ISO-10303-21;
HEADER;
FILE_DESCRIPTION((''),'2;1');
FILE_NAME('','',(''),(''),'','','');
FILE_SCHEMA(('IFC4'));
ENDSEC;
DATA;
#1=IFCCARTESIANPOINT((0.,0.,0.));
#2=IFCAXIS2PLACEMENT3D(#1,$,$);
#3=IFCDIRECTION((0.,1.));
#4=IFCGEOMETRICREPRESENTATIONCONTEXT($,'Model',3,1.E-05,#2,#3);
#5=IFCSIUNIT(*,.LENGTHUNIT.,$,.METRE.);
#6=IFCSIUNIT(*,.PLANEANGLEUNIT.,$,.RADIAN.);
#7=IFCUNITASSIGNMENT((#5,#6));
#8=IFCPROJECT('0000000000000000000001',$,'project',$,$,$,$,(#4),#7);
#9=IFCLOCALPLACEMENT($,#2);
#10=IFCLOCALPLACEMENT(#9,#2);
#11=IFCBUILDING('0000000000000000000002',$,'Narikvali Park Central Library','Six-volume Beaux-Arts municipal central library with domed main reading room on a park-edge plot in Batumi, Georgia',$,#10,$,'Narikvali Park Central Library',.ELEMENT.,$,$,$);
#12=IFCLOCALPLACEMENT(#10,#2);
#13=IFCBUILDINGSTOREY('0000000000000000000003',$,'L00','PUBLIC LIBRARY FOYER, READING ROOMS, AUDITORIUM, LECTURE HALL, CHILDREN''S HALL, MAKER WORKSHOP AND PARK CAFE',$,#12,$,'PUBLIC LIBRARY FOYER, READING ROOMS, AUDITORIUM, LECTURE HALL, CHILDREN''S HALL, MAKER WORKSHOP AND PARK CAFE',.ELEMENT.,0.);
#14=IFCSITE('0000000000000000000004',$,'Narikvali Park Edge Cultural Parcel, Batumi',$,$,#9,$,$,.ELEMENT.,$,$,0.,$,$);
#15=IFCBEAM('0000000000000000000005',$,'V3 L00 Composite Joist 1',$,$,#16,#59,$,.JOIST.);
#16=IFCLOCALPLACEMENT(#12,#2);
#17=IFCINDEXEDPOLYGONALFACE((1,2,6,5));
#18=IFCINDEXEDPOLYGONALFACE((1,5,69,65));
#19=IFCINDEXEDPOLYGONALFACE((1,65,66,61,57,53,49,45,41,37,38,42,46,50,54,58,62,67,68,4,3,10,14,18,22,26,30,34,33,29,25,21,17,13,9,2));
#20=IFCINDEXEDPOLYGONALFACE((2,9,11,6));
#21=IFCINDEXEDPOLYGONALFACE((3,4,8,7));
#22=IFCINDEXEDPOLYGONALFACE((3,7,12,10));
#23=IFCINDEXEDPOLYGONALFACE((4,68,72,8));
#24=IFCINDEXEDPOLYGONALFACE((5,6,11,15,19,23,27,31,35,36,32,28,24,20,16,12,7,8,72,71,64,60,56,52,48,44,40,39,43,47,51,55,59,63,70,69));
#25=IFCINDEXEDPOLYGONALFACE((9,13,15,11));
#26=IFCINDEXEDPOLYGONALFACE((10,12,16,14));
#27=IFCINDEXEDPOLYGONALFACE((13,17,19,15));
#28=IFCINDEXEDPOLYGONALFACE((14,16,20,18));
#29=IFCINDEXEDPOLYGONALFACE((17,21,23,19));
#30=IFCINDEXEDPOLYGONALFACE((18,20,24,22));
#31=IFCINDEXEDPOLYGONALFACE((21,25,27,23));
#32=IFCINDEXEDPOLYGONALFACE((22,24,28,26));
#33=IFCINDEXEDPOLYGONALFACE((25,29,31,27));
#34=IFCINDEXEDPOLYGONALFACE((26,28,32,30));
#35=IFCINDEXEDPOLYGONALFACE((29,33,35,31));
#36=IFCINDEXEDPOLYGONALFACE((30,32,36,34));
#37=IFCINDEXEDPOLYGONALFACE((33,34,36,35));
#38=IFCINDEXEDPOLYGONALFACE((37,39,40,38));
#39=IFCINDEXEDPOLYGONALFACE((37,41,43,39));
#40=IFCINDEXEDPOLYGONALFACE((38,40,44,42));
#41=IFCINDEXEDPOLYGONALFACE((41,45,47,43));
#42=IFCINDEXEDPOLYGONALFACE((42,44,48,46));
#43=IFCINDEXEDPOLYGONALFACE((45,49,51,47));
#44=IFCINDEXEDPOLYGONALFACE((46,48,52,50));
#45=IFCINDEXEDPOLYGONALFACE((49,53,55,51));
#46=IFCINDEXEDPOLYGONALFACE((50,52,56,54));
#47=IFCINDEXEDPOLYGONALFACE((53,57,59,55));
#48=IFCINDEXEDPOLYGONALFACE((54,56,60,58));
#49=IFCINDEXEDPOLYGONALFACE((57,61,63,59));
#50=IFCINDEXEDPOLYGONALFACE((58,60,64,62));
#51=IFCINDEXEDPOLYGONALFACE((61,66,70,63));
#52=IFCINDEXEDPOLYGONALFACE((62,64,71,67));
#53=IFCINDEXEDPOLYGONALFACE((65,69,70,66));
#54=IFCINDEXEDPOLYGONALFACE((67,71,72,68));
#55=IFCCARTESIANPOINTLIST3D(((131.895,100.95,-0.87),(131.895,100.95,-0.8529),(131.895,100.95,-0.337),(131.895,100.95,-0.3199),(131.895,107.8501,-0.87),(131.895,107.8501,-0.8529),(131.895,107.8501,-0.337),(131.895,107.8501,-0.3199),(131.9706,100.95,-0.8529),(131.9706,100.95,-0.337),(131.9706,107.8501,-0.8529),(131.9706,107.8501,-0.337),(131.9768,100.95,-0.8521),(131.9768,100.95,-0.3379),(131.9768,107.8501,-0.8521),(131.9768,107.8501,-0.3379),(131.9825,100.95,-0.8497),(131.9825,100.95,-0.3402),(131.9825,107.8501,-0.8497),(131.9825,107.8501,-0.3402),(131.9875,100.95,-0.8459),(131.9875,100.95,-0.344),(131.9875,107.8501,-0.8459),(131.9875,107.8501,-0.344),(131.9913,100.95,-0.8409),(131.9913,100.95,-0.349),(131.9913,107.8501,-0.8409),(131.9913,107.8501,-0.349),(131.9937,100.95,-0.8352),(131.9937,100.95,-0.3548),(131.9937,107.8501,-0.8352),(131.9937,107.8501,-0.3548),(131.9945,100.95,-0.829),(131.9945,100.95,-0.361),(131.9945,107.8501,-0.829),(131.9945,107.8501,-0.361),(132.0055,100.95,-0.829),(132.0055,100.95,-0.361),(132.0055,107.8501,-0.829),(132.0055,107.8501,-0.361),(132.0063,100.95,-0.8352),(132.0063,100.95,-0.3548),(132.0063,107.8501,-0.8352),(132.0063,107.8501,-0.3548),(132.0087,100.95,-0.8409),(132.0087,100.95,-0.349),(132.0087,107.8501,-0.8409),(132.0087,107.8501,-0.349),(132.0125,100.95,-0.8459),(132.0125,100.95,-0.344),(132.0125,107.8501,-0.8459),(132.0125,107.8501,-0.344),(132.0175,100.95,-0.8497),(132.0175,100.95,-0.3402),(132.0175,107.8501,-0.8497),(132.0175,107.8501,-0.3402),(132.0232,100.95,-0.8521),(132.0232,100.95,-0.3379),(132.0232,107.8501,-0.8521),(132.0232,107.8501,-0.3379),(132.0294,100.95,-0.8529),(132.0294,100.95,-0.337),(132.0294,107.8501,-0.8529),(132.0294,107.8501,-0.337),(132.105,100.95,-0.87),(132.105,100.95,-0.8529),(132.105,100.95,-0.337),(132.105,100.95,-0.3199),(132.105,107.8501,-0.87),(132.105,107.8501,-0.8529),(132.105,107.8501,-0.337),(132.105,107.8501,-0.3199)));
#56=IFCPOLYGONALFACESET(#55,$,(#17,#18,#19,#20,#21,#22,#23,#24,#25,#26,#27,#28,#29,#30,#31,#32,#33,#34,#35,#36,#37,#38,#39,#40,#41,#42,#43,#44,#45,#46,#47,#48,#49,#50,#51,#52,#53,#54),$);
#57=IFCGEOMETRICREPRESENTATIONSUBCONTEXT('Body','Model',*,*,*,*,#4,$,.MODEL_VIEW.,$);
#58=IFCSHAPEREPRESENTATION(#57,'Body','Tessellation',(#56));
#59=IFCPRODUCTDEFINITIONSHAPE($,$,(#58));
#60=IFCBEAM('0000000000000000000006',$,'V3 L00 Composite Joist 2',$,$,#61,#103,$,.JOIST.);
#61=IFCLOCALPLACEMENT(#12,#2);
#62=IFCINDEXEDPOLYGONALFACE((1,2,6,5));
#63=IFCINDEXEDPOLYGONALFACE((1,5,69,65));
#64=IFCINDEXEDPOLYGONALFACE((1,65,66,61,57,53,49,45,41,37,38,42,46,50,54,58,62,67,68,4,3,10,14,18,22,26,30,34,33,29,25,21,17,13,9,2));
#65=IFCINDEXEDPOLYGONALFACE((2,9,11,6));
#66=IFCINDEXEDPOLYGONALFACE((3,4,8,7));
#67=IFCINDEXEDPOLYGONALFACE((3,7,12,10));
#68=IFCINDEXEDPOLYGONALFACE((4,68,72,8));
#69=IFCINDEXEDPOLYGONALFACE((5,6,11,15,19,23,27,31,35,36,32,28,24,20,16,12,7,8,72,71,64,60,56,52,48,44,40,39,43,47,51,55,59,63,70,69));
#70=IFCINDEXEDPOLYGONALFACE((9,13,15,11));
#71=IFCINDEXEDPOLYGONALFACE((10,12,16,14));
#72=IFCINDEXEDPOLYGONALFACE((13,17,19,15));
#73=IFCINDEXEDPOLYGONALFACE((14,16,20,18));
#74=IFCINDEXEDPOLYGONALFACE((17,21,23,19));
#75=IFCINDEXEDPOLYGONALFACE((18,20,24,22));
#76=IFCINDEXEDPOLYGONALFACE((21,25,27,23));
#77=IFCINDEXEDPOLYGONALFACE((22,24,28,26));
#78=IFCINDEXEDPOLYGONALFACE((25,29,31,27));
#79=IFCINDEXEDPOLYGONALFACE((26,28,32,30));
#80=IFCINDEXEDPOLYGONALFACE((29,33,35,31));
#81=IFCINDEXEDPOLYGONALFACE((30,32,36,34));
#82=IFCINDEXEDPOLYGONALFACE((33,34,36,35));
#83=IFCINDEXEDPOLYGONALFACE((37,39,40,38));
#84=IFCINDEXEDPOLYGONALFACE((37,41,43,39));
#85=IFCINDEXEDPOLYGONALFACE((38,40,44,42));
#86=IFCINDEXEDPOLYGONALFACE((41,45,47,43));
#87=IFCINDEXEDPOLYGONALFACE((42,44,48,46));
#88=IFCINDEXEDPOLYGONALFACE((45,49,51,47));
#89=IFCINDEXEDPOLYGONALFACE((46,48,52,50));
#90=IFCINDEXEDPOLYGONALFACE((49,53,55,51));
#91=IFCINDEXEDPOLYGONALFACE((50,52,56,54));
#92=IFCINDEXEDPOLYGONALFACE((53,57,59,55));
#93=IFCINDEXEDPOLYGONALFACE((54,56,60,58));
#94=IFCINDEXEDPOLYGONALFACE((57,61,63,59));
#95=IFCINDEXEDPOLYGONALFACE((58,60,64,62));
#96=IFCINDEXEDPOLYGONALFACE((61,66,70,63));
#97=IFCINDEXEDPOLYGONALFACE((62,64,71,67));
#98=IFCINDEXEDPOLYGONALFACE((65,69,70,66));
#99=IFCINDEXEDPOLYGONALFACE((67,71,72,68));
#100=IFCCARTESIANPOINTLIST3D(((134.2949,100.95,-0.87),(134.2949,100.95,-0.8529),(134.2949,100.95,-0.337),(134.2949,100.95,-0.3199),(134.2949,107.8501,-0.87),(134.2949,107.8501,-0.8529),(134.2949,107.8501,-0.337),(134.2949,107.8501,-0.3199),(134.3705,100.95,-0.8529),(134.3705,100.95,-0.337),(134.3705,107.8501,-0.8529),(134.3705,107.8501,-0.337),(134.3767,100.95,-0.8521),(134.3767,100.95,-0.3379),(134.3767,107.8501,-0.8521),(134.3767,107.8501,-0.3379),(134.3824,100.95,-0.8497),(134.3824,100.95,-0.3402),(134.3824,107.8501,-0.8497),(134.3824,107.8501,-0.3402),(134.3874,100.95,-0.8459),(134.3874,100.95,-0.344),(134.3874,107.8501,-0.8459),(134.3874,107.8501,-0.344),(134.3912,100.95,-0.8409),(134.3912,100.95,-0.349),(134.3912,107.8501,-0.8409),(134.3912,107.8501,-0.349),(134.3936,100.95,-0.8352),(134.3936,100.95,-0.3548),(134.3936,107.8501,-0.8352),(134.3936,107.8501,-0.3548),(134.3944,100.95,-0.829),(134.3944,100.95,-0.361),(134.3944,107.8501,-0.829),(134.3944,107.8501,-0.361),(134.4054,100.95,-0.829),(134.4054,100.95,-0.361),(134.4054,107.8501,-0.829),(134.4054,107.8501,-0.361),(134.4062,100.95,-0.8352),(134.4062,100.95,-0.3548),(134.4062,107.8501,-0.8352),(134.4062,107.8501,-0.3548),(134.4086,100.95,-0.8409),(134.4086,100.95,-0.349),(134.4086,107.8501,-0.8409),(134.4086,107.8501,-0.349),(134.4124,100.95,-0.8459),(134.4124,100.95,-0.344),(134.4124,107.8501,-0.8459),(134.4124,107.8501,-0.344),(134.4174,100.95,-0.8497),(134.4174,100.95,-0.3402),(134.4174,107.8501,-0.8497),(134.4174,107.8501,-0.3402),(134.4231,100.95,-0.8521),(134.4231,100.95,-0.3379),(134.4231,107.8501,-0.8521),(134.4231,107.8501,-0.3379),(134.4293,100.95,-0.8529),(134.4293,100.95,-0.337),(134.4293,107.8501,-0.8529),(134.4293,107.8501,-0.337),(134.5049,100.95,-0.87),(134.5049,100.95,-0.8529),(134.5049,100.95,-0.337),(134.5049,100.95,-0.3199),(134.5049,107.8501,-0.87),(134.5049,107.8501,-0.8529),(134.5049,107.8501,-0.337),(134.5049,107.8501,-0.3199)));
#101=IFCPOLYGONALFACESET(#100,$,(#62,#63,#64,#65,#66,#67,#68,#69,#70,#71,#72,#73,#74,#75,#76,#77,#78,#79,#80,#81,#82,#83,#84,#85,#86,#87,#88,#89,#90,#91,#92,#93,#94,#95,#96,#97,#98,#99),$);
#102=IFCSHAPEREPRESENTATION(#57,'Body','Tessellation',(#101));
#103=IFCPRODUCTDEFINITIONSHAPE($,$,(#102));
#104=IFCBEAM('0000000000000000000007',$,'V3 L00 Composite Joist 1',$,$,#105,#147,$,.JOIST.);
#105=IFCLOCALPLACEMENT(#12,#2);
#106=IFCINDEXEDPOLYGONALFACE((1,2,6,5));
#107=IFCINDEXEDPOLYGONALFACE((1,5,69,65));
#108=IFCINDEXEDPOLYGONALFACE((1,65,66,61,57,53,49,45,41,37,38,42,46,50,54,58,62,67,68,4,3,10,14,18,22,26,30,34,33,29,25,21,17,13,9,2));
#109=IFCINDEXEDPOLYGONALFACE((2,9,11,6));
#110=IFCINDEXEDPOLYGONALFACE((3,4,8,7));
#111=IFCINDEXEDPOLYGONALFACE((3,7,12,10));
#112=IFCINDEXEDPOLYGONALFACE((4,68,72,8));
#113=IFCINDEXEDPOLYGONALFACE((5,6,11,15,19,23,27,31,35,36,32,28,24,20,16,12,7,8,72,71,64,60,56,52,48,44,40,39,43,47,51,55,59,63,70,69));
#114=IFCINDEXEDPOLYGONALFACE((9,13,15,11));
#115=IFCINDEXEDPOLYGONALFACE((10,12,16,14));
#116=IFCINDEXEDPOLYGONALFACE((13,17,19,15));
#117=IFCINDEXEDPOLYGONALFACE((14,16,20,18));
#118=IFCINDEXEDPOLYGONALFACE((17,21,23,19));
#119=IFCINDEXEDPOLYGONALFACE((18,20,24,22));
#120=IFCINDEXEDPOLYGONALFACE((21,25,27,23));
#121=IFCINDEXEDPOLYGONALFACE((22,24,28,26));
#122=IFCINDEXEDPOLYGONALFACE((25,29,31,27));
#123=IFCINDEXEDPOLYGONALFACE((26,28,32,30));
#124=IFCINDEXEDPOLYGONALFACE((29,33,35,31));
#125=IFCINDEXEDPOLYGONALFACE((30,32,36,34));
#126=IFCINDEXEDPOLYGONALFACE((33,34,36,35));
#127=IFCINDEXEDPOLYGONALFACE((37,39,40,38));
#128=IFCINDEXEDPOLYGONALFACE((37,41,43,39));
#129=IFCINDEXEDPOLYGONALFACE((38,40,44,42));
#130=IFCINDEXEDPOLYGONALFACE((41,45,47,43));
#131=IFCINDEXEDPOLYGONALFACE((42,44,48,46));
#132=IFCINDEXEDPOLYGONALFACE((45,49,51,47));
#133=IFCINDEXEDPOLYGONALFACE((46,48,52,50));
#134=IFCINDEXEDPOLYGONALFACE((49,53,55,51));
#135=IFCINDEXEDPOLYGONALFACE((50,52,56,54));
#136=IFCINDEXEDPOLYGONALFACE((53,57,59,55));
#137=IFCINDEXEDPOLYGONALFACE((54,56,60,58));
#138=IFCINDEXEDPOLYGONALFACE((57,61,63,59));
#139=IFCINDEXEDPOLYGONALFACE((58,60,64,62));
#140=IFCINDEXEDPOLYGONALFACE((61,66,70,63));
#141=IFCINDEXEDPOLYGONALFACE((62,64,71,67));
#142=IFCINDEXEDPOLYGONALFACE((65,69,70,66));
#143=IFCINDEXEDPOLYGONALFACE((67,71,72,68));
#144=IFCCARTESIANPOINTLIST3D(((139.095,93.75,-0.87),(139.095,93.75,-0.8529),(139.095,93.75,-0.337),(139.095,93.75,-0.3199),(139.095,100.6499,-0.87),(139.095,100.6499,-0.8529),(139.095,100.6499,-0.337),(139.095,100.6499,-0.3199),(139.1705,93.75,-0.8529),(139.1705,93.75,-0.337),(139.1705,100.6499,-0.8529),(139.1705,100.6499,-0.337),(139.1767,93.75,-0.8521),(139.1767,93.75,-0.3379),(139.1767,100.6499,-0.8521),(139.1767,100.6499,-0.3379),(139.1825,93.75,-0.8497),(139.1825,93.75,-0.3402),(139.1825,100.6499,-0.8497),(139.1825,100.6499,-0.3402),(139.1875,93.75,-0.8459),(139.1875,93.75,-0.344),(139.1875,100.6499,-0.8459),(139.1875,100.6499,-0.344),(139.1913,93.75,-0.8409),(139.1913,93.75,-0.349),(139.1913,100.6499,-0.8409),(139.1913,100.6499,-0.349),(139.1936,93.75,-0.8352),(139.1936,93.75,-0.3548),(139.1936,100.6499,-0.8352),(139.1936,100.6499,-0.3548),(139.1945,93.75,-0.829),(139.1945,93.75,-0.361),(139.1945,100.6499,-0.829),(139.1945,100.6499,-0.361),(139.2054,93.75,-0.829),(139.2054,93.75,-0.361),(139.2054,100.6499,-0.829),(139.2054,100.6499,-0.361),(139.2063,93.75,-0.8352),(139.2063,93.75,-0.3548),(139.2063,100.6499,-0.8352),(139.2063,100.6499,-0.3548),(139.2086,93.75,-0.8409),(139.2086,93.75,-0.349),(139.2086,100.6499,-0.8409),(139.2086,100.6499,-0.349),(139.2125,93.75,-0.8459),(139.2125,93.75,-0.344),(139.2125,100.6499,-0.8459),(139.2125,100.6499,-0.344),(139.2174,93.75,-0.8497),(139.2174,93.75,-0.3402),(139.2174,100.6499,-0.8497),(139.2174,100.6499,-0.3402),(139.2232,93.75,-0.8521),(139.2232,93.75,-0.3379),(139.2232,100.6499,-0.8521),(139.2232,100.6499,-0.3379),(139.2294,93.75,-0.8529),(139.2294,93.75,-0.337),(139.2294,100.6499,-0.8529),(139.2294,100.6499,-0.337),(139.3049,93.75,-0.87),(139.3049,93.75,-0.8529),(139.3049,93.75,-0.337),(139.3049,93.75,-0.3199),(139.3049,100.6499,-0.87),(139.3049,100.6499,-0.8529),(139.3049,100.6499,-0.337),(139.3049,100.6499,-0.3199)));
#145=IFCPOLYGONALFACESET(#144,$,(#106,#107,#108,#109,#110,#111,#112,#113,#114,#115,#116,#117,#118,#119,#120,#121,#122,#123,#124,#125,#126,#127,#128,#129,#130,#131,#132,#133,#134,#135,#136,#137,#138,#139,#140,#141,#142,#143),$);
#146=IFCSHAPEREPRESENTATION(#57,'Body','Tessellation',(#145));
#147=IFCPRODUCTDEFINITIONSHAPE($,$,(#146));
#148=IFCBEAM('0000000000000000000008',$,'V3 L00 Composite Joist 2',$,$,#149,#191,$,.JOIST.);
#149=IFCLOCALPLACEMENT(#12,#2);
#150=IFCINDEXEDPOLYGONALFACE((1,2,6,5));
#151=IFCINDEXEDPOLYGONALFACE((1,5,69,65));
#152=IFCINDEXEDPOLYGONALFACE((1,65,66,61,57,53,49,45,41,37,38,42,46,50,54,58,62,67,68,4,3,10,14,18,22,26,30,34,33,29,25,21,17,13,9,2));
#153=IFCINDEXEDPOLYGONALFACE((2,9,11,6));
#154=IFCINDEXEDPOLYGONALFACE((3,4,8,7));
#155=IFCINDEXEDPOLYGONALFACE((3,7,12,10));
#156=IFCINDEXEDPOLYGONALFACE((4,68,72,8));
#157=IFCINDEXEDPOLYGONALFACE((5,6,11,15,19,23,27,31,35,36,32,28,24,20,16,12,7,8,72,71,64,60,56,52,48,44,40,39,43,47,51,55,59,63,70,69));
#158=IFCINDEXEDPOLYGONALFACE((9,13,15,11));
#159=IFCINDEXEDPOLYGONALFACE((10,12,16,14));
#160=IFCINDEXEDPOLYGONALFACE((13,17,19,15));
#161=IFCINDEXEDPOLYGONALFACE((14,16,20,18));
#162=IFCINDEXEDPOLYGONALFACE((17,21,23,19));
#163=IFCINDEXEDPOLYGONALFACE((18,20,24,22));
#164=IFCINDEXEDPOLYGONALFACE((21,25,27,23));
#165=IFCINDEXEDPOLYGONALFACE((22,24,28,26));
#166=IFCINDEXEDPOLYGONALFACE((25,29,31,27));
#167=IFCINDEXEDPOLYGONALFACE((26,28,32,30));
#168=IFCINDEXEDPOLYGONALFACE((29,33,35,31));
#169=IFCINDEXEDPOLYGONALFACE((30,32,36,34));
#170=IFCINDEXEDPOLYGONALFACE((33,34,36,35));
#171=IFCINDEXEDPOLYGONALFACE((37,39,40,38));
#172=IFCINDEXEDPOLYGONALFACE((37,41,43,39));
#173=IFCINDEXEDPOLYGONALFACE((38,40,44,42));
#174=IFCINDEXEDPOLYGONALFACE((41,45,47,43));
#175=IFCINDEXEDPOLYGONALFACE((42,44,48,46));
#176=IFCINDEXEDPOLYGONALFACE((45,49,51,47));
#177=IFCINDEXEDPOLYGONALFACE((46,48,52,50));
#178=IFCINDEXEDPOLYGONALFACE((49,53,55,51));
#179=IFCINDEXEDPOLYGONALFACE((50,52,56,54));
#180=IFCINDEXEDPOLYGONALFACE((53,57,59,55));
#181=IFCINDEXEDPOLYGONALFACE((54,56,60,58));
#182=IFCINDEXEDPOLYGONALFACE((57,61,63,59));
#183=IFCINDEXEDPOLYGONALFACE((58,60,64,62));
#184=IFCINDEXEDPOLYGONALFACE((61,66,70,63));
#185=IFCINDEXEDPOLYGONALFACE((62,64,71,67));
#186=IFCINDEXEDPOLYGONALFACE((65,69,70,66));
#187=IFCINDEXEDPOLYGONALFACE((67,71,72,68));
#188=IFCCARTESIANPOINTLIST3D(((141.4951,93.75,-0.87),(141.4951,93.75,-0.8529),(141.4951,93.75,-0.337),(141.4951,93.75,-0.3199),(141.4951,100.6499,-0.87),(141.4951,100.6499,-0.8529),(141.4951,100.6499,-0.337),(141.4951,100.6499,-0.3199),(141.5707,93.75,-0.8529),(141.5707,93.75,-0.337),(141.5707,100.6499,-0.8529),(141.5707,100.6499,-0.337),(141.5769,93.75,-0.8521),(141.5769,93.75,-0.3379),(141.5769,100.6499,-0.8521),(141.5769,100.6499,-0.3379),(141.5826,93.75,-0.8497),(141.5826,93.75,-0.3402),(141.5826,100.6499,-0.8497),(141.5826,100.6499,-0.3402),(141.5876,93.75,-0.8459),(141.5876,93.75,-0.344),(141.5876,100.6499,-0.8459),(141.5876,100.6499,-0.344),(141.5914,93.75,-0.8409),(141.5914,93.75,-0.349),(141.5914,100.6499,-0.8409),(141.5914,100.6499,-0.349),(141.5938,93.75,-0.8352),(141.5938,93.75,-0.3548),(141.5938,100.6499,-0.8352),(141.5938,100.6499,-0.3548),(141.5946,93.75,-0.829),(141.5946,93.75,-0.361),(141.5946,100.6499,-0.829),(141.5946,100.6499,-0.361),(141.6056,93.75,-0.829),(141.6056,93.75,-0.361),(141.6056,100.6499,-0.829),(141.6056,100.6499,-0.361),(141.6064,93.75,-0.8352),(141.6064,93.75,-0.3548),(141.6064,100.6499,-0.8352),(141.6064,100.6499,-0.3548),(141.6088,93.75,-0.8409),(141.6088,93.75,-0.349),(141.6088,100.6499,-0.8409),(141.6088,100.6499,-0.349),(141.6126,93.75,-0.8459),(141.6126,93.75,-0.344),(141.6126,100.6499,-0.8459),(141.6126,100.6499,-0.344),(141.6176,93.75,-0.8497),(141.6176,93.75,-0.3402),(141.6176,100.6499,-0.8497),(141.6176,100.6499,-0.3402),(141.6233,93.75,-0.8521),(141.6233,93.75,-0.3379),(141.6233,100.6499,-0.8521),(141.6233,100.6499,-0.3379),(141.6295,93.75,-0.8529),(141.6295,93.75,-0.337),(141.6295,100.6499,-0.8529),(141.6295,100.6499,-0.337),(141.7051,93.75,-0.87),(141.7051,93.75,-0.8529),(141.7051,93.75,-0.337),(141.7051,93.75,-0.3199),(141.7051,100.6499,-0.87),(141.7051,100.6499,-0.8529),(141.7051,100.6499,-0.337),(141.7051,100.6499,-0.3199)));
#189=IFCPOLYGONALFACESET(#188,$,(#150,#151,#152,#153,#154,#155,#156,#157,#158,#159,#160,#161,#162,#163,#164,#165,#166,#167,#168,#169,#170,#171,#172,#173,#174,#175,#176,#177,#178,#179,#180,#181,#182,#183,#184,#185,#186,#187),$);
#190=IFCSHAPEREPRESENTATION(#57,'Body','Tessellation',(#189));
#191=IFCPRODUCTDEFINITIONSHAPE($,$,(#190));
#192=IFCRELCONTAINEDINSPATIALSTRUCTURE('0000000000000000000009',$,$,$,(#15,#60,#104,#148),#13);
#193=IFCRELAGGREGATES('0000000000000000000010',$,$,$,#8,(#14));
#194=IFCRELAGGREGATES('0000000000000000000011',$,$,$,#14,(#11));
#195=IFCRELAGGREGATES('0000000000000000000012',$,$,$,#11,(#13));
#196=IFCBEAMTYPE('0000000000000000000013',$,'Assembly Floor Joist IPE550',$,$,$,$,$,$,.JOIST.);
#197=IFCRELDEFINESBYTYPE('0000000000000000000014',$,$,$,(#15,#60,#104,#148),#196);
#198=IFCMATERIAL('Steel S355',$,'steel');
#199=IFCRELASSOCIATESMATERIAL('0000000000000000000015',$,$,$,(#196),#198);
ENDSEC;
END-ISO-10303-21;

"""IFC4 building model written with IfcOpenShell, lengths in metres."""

from ifc_helpers import new_model, si_unit, direction, frame, origin, origin_2d, place, context, subcontext, project, spatial, i_section, extrude, material, material_profile, profile_set, type_object, element, save


model = new_model("IFC4")

# Units and contexts
model_context = context("Model", 3, precision=1e-05, world=origin(), true_north=direction((0.0, 1.0)))
body_context = subcontext(model_context, "Body", "Model", "MODEL_VIEW")
ifc_project = project(units=[si_unit("LENGTHUNIT", "METRE"), si_unit("PLANEANGLEUNIT", "RADIAN")], contexts=[model_context])

# Site, building, storey
site_placement = place(None, origin())
site = spatial("IfcSite", under=ifc_project, at=site_placement, Name="Narikvali Park Edge Cultural Parcel, Batumi", CompositionType="ELEMENT", RefElevation=0.0)
building_placement = place(site_placement, origin())
building = spatial("IfcBuilding", under=site, at=building_placement, Name="Narikvali Park Central Library", Description="Six-volume Beaux-Arts municipal central library with domed main reading room on a park-edge plot in Batumi, Georgia", LongName="Narikvali Park Central Library", CompositionType="ELEMENT")
storey_placement = place(building_placement, origin())
storey = spatial("IfcBuildingStorey", under=building, at=storey_placement, Name="L00", Description="PUBLIC LIBRARY FOYER, READING ROOMS, AUDITORIUM, LECTURE HALL, CHILDREN'S HALL, MAKER WORKSHOP AND PARK CAFE", LongName="PUBLIC LIBRARY FOYER, READING ROOMS, AUDITORIUM, LECTURE HALL, CHILDREN'S HALL, MAKER WORKSHOP AND PARK CAFE", CompositionType="ELEMENT", Elevation=0.0)

# Shared definitions
ifc_material_1 = material(Name="Steel S355", Category="steel")

# Beams
ifc_material_profile_1 = material_profile(ifc_material_1, i_section(OverallWidth=0.21, OverallDepth=0.55, WebThickness=0.011, FlangeThickness=0.0171, FilletRadius=0.0239, at=origin_2d()), Name="IPE 550")
ifc_profile_set_1 = profile_set([ifc_material_profile_1], Name="Steel S355")
beam_type_1 = type_object("IfcBeamType", Name="Assembly Floor Joist IPE550", PredefinedType="JOIST", material=ifc_profile_set_1)
for number, where, z_axis, x_axis, name in (
    (1, (132.0, 100.95, -0.595), (0.0, 1.0, 0.0), (-1.0, 0.0, 0.0), "V3 L00 Composite Joist 1"),
    (2, (134.3999, 100.95, -0.595), (0.0, 1.0, 0.0), (-1.0, 0.0, 0.0), "V3 L00 Composite Joist 2"),
):
    element("IfcBeam", number, at=place(storey_placement, frame(where, z_axis=z_axis, x_axis=x_axis)), inside=storey, type_object=beam_type_1, Name=name, PredefinedType="JOIST", context=body_context, shape_type="SweptSolid", body=[
        extrude(i_section(OverallWidth=0.21, OverallDepth=0.55, WebThickness=0.011, FlangeThickness=0.0171, FilletRadius=0.0239, at=origin_2d()), origin(), (0.0, 0.0, 1.0), 6.9001),
    ])
for number, where, z_axis, x_axis, name in (
    (3, (139.2, 93.75, -0.595), (0.0, 1.0, 0.0), (-1.0, 0.0, 0.0), "V3 L00 Composite Joist 1"),
    (4, (141.6001, 93.75, -0.595), (0.0, 1.0, 0.0), (-1.0, 0.0, 0.0), "V3 L00 Composite Joist 2"),
):
    element("IfcBeam", number, at=place(storey_placement, frame(where, z_axis=z_axis, x_axis=x_axis)), inside=storey, type_object=beam_type_1, Name=name, PredefinedType="JOIST", context=body_context, shape_type="SweptSolid", body=[
        extrude(i_section(OverallWidth=0.21, OverallDepth=0.55, WebThickness=0.011, FlangeThickness=0.0171, FilletRadius=0.0239, at=origin_2d()), origin(), (0.0, 0.0, 1.0), 6.8999),
    ])

save(model, "model.ifc")
